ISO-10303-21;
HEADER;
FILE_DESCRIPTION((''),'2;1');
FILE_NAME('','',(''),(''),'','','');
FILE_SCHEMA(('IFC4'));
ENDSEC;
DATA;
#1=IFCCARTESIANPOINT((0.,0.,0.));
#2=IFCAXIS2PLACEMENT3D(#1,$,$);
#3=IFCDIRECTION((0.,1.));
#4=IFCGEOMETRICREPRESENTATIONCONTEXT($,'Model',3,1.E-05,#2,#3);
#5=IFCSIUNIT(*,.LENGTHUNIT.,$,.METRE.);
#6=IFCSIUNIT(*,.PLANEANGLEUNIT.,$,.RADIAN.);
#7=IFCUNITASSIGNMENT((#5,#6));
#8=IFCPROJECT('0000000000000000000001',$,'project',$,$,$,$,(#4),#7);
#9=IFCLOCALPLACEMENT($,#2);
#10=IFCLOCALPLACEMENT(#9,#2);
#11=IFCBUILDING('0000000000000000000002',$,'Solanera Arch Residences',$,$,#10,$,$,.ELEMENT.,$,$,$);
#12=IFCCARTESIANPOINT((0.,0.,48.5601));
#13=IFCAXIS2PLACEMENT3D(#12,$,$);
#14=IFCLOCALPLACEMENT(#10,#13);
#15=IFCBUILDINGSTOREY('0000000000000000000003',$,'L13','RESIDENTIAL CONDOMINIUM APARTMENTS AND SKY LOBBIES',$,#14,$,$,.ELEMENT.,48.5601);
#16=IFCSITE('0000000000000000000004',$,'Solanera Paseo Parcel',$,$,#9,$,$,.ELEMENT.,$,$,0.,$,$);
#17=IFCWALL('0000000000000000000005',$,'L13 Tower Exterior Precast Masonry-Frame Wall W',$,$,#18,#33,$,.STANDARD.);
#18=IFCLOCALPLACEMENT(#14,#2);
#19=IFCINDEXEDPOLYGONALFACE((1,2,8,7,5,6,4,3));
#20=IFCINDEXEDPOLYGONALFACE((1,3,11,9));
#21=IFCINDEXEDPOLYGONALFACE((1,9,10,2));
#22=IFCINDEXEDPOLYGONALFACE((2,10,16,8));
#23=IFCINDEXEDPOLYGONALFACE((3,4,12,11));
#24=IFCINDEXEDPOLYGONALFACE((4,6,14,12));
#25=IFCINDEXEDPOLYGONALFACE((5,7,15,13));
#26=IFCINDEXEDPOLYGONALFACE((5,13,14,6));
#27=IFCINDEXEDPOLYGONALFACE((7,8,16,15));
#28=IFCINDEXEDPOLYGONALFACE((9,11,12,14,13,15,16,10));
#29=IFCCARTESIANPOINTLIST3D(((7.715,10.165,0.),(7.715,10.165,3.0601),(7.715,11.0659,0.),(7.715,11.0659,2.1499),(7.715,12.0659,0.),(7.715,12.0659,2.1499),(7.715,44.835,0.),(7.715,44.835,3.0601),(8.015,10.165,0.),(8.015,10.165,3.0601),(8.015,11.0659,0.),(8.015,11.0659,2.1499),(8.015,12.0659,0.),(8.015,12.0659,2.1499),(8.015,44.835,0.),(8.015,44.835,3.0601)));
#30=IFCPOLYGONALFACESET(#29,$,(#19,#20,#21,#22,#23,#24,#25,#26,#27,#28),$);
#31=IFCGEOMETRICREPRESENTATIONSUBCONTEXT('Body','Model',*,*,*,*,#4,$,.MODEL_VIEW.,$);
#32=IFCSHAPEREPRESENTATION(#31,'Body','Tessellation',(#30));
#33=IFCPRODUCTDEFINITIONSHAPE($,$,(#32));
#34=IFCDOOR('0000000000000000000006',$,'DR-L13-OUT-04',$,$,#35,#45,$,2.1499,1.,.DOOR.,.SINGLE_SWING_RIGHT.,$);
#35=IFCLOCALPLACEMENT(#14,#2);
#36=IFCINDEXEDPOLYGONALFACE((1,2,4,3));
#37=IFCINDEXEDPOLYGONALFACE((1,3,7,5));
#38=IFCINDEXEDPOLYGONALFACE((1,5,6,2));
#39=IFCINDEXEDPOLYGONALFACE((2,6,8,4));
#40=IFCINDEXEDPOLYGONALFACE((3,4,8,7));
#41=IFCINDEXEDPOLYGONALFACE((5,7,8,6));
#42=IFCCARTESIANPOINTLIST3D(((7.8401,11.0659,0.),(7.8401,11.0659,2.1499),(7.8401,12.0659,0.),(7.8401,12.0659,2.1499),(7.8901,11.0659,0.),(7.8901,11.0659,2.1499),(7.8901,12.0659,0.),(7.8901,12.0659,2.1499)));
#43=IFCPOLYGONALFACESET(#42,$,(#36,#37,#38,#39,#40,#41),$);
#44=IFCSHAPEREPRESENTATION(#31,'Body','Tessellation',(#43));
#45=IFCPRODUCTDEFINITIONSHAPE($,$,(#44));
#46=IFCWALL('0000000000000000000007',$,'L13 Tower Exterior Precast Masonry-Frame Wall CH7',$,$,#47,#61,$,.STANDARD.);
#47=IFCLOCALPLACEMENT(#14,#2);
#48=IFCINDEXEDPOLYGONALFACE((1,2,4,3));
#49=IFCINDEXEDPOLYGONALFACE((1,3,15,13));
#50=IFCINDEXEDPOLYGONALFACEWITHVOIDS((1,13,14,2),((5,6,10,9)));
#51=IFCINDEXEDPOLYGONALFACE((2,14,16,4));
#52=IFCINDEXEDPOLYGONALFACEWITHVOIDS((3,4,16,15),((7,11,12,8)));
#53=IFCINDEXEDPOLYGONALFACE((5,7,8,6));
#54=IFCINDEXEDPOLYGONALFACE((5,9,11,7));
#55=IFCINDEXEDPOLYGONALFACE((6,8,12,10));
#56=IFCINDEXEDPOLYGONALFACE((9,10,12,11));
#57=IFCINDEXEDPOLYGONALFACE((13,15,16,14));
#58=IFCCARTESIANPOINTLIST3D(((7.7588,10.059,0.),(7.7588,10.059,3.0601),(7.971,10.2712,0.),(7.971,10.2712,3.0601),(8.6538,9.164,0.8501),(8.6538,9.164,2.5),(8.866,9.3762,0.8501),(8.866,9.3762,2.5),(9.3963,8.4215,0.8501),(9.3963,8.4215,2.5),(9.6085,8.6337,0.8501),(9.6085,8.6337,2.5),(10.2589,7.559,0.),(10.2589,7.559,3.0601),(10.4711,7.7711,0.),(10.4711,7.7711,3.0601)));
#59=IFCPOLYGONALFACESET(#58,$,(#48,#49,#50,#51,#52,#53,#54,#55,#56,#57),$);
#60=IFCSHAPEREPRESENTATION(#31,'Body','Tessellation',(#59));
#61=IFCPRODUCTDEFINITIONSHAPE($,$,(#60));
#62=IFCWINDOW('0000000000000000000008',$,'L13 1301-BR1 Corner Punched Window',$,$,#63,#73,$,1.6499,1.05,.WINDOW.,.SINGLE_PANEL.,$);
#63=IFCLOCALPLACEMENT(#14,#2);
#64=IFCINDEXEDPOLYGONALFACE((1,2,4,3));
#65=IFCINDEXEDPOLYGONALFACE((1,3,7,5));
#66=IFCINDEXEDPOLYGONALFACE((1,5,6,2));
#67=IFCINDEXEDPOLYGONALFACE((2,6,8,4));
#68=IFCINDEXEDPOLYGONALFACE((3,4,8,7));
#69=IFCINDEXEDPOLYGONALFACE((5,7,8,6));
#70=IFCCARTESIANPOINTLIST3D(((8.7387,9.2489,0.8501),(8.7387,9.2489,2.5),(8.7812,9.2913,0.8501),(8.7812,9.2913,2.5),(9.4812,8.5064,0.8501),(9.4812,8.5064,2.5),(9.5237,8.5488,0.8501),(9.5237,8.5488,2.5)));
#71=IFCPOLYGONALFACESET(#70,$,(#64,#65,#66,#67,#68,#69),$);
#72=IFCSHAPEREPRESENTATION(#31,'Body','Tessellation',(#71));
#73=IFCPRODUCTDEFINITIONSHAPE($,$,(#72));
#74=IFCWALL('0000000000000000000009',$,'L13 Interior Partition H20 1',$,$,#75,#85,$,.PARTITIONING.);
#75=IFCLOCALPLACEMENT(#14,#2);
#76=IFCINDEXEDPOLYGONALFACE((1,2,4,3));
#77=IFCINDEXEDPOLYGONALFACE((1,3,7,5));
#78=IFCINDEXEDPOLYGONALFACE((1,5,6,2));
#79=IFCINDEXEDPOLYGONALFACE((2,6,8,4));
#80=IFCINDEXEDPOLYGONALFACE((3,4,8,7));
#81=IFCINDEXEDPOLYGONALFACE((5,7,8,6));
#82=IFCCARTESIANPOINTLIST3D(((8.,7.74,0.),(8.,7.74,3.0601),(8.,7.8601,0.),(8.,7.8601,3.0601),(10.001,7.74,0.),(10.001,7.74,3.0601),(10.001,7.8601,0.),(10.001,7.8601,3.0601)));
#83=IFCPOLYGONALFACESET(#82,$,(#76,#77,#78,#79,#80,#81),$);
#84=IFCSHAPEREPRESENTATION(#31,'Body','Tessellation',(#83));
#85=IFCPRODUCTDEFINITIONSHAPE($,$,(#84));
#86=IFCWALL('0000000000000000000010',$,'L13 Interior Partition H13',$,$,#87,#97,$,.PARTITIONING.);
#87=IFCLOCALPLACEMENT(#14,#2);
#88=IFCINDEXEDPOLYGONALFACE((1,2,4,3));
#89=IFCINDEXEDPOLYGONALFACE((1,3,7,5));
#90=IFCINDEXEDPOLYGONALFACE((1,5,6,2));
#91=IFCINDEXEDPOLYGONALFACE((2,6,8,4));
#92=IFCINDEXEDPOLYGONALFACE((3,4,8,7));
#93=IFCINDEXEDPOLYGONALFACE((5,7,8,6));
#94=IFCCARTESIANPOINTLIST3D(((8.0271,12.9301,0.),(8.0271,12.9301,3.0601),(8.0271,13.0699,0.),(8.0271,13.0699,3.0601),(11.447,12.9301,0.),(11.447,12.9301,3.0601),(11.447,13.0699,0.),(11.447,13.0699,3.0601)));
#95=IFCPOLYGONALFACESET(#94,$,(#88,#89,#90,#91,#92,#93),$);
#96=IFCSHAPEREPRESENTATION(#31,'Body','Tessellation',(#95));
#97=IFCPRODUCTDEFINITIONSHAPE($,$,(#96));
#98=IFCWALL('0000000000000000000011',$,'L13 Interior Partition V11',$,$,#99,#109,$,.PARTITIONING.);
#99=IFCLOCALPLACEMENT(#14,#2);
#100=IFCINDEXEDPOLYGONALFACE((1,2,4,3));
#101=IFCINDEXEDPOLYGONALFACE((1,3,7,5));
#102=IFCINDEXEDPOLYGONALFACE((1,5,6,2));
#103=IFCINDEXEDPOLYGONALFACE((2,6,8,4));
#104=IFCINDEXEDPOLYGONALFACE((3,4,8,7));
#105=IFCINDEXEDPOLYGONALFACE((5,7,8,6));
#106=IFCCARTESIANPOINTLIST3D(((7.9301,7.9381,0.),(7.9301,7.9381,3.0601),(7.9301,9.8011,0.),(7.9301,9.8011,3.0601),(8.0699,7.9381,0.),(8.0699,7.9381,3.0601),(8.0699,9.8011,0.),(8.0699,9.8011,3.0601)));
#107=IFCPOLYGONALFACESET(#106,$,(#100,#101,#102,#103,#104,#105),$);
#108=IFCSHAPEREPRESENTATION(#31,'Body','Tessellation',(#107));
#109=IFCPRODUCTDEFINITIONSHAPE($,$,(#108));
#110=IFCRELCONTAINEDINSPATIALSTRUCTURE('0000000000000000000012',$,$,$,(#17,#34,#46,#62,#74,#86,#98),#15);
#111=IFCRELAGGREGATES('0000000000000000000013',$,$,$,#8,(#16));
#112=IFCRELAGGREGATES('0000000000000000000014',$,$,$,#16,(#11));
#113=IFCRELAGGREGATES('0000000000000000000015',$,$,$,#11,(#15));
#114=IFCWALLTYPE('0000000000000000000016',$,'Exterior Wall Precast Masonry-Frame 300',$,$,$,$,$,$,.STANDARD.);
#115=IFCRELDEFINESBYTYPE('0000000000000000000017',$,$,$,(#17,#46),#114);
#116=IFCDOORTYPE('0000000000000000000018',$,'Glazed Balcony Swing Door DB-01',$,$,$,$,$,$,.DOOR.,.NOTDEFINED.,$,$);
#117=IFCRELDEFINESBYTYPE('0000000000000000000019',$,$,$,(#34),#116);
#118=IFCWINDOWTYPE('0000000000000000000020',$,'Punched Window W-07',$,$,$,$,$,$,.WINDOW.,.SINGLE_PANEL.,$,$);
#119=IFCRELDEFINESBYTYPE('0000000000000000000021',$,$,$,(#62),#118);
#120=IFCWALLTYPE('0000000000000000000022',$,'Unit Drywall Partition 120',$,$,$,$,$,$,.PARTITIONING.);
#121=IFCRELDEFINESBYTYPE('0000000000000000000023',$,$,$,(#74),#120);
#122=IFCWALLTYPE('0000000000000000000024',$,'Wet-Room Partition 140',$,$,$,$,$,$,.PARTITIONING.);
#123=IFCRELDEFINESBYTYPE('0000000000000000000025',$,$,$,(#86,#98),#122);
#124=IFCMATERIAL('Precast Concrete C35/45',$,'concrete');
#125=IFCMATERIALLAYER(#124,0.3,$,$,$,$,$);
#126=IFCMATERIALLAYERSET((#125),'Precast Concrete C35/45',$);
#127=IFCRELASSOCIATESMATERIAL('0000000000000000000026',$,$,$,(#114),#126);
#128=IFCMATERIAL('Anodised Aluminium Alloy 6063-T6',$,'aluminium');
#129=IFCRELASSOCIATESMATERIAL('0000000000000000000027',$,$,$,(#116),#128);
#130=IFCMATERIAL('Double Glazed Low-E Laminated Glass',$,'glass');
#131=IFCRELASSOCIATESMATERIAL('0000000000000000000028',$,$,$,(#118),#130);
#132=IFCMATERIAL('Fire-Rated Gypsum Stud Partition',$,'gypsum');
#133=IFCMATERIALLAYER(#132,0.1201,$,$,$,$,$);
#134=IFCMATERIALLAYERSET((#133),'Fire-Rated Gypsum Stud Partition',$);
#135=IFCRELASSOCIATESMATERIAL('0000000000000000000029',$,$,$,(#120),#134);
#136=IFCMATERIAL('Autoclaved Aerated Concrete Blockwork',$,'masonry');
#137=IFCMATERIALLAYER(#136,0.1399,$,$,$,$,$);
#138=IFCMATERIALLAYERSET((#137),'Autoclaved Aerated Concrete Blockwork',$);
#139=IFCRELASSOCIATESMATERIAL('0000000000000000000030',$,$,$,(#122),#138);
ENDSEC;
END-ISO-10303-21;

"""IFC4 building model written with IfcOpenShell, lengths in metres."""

from ifc_helpers import new_model, si_unit, direction, frame, frame_2d, origin, place, context, subcontext, project, spatial, rectangle, extrude, material, layer, layer_set, type_object, element, fill, save


model = new_model("IFC4")

# Units and contexts
model_context = context("Model", 3, precision=1e-05, world=origin(), true_north=direction((0.0, 1.0)))
body_context = subcontext(model_context, "Body", "Model", "MODEL_VIEW")
ifc_project = project(units=[si_unit("LENGTHUNIT", "METRE"), si_unit("PLANEANGLEUNIT", "RADIAN")], contexts=[model_context])

# Site, building, storey
site_placement = place(None, origin())
site = spatial("IfcSite", under=ifc_project, at=site_placement, Name="Solanera Paseo Parcel", CompositionType="ELEMENT", RefElevation=0.0)
building_placement = place(site_placement, origin())
building = spatial("IfcBuilding", under=site, at=building_placement, Name="Solanera Arch Residences", CompositionType="ELEMENT")
storey_placement = place(building_placement, frame((0.0, 0.0, 48.5601)))
storey = spatial("IfcBuildingStorey", under=building, at=storey_placement, Name="L13", Description="RESIDENTIAL CONDOMINIUM APARTMENTS AND SKY LOBBIES", CompositionType="ELEMENT", Elevation=48.5601)

# Wall, opening, door
ifc_material_1 = material(Name="Precast Concrete C35/45", Category="concrete")
ifc_layer_1 = layer(ifc_material_1, 0.3)
ifc_layer_set_1 = layer_set([ifc_layer_1], Name="Precast Concrete C35/45")
wall_type_1 = type_object("IfcWallType", Name="Exterior Wall Precast Masonry-Frame 300", PredefinedType="STANDARD", material=ifc_layer_set_1)
wall_1_placement = place(storey_placement, frame((7.865, 10.165, 0.0), z_axis=(0.0, 0.0, 1.0), x_axis=(0.0, 1.0, 0.0)))
wall_1 = element("IfcWall", 1, at=wall_1_placement, inside=storey, type_object=wall_type_1, Name="L13 Tower Exterior Precast Masonry-Frame Wall W", PredefinedType="STANDARD", context=body_context, shape_type="SweptSolid", body=[
    extrude(rectangle(XDim=34.6699, YDim=0.3, at=frame_2d((17.335, 0.0))), origin(), (0.0, 0.0, 1.0), 3.0601),
])
opening_1_placement = place(wall_1_placement, frame((0.9009, 0.0, 0.0)))
opening_1 = element("IfcOpeningElement", 2, at=opening_1_placement, cuts=wall_1, PredefinedType="OPENING", context=body_context, shape_type="SweptSolid", body=[
    extrude(rectangle(XDim=1.0, YDim=2.1499, at=frame_2d((0.5, 1.075))), frame((0.0, 0.1599, 0.0), z_axis=(0.0, -1.0, 0.0), x_axis=(1.0, 0.0, 0.0)), (0.0, 0.0, 1.0), 0.32),
])
ifc_material_2 = material(Name="Anodised Aluminium Alloy 6063-T6", Category="aluminium")
door_type = type_object("IfcDoorType", Name="Glazed Balcony Swing Door DB-01", OperationType="NOTDEFINED", PredefinedType="DOOR", material=ifc_material_2)
door_placement = place(opening_1_placement, origin())
door = element("IfcDoor", 3, at=door_placement, inside=storey, type_object=door_type, Name="DR-L13-OUT-04", OperationType="SINGLE_SWING_RIGHT", OverallHeight=2.1499, OverallWidth=1.0, PredefinedType="DOOR", context=body_context, shape_type="SweptSolid", body=[
    extrude(rectangle(XDim=1.0, YDim=2.1499, at=frame_2d((0.5, 1.075))), frame((0.0, 0.0249, 0.0), z_axis=(0.0, -1.0, 0.0), x_axis=(1.0, 0.0, 0.0)), (0.0, 0.0, 1.0), 0.05),
])
fill(opening_1, door)

# Wall, opening, window
wall_2_placement = place(storey_placement, frame((10.365, 7.665, 0.0), z_axis=(0.0, 0.0, 1.0), x_axis=(-0.707107, 0.707107, 0.0)))
wall_2 = element("IfcWall", 4, at=wall_2_placement, inside=storey, type_object=wall_type_1, Name="L13 Tower Exterior Precast Masonry-Frame Wall CH7", PredefinedType="STANDARD", context=body_context, shape_type="SweptSolid", body=[
    extrude(rectangle(XDim=3.5356, YDim=0.3, at=frame_2d((1.7678, 0.0))), origin(), (0.0, 0.0, 1.0), 3.0601),
])
opening_2_placement = place(wall_2_placement, frame((1.22, 0.0, 0.8501)))
opening_2 = element("IfcOpeningElement", 5, at=opening_2_placement, cuts=wall_2, PredefinedType="OPENING", context=body_context, shape_type="SweptSolid", body=[
    extrude(rectangle(XDim=1.05, YDim=1.6499, at=frame_2d((0.5249, 0.825))), frame((0.0, 0.1599, 0.0), z_axis=(0.0, -1.0, 0.0), x_axis=(1.0, 0.0, 0.0)), (0.0, 0.0, 1.0), 0.32),
])
ifc_material_3 = material(Name="Double Glazed Low-E Laminated Glass", Category="glass")
window_type = type_object("IfcWindowType", Name="Punched Window W-07", PartitioningType="SINGLE_PANEL", PredefinedType="WINDOW", material=ifc_material_3)
window_placement = place(opening_2_placement, origin())
window = element("IfcWindow", 6, at=window_placement, inside=storey, type_object=window_type, Name="L13 1301-BR1 Corner Punched Window", OverallHeight=1.6499, OverallWidth=1.05, PartitioningType="SINGLE_PANEL", PredefinedType="WINDOW", context=body_context, shape_type="SweptSolid", body=[
    extrude(rectangle(XDim=1.05, YDim=1.6499, at=frame_2d((0.5249, 0.825))), frame((0.0, 0.03, 0.0), z_axis=(0.0, -1.0, 0.0), x_axis=(1.0, 0.0, 0.0)), (0.0, 0.0, 1.0), 0.0601),
])
fill(opening_2, window)

# Walls
ifc_material_4 = material(Name="Fire-Rated Gypsum Stud Partition", Category="gypsum")
ifc_layer_2 = layer(ifc_material_4, 0.1201)
ifc_layer_set_2 = layer_set([ifc_layer_2], Name="Fire-Rated Gypsum Stud Partition")
wall_type_2 = type_object("IfcWallType", Name="Unit Drywall Partition 120", PredefinedType="PARTITIONING", material=ifc_layer_set_2)
wall_3_placement = place(storey_placement, frame((8.0, 7.8, 0.0), z_axis=(0.0, 0.0, 1.0), x_axis=(1.0, 0.0, 0.0)))
element("IfcWall", 7, at=wall_3_placement, inside=storey, type_object=wall_type_2, Name="L13 Interior Partition H20 1", PredefinedType="PARTITIONING", context=body_context, shape_type="SweptSolid", body=[
    extrude(rectangle(XDim=2.001, YDim=0.1201, at=frame_2d((1.0005, 0.0))), origin(), (0.0, 0.0, 1.0), 3.0601),
])
ifc_material_5 = material(Name="Autoclaved Aerated Concrete Blockwork", Category="masonry")
ifc_layer_3 = layer(ifc_material_5, 0.1399)
ifc_layer_set_3 = layer_set([ifc_layer_3], Name="Autoclaved Aerated Concrete Blockwork")
wall_type_3 = type_object("IfcWallType", Name="Wet-Room Partition 140", PredefinedType="PARTITIONING", material=ifc_layer_set_3)
wall_4_placement = place(storey_placement, frame((8.0271, 13.0, 0.0), z_axis=(0.0, 0.0, 1.0), x_axis=(1.0, 0.0, 0.0)))
element("IfcWall", 8, at=wall_4_placement, inside=storey, type_object=wall_type_3, Name="L13 Interior Partition H13", PredefinedType="PARTITIONING", context=body_context, shape_type="SweptSolid", body=[
    extrude(rectangle(XDim=3.4199, YDim=0.1399, at=frame_2d((1.71, 0.0))), origin(), (0.0, 0.0, 1.0), 3.0601),
])
wall_5_placement = place(storey_placement, frame((8.0, 7.938, 0.0), z_axis=(0.0, 0.0, 1.0), x_axis=(0.0, 1.0, 0.0)))
element("IfcWall", 9, at=wall_5_placement, inside=storey, type_object=wall_type_3, Name="L13 Interior Partition V11", PredefinedType="PARTITIONING", context=body_context, shape_type="SweptSolid", body=[
    extrude(rectangle(XDim=1.863, YDim=0.1399, at=frame_2d((0.9316, 0.0))), origin(), (0.0, 0.0, 1.0), 3.0601),
])

save(model, "model.ifc")
